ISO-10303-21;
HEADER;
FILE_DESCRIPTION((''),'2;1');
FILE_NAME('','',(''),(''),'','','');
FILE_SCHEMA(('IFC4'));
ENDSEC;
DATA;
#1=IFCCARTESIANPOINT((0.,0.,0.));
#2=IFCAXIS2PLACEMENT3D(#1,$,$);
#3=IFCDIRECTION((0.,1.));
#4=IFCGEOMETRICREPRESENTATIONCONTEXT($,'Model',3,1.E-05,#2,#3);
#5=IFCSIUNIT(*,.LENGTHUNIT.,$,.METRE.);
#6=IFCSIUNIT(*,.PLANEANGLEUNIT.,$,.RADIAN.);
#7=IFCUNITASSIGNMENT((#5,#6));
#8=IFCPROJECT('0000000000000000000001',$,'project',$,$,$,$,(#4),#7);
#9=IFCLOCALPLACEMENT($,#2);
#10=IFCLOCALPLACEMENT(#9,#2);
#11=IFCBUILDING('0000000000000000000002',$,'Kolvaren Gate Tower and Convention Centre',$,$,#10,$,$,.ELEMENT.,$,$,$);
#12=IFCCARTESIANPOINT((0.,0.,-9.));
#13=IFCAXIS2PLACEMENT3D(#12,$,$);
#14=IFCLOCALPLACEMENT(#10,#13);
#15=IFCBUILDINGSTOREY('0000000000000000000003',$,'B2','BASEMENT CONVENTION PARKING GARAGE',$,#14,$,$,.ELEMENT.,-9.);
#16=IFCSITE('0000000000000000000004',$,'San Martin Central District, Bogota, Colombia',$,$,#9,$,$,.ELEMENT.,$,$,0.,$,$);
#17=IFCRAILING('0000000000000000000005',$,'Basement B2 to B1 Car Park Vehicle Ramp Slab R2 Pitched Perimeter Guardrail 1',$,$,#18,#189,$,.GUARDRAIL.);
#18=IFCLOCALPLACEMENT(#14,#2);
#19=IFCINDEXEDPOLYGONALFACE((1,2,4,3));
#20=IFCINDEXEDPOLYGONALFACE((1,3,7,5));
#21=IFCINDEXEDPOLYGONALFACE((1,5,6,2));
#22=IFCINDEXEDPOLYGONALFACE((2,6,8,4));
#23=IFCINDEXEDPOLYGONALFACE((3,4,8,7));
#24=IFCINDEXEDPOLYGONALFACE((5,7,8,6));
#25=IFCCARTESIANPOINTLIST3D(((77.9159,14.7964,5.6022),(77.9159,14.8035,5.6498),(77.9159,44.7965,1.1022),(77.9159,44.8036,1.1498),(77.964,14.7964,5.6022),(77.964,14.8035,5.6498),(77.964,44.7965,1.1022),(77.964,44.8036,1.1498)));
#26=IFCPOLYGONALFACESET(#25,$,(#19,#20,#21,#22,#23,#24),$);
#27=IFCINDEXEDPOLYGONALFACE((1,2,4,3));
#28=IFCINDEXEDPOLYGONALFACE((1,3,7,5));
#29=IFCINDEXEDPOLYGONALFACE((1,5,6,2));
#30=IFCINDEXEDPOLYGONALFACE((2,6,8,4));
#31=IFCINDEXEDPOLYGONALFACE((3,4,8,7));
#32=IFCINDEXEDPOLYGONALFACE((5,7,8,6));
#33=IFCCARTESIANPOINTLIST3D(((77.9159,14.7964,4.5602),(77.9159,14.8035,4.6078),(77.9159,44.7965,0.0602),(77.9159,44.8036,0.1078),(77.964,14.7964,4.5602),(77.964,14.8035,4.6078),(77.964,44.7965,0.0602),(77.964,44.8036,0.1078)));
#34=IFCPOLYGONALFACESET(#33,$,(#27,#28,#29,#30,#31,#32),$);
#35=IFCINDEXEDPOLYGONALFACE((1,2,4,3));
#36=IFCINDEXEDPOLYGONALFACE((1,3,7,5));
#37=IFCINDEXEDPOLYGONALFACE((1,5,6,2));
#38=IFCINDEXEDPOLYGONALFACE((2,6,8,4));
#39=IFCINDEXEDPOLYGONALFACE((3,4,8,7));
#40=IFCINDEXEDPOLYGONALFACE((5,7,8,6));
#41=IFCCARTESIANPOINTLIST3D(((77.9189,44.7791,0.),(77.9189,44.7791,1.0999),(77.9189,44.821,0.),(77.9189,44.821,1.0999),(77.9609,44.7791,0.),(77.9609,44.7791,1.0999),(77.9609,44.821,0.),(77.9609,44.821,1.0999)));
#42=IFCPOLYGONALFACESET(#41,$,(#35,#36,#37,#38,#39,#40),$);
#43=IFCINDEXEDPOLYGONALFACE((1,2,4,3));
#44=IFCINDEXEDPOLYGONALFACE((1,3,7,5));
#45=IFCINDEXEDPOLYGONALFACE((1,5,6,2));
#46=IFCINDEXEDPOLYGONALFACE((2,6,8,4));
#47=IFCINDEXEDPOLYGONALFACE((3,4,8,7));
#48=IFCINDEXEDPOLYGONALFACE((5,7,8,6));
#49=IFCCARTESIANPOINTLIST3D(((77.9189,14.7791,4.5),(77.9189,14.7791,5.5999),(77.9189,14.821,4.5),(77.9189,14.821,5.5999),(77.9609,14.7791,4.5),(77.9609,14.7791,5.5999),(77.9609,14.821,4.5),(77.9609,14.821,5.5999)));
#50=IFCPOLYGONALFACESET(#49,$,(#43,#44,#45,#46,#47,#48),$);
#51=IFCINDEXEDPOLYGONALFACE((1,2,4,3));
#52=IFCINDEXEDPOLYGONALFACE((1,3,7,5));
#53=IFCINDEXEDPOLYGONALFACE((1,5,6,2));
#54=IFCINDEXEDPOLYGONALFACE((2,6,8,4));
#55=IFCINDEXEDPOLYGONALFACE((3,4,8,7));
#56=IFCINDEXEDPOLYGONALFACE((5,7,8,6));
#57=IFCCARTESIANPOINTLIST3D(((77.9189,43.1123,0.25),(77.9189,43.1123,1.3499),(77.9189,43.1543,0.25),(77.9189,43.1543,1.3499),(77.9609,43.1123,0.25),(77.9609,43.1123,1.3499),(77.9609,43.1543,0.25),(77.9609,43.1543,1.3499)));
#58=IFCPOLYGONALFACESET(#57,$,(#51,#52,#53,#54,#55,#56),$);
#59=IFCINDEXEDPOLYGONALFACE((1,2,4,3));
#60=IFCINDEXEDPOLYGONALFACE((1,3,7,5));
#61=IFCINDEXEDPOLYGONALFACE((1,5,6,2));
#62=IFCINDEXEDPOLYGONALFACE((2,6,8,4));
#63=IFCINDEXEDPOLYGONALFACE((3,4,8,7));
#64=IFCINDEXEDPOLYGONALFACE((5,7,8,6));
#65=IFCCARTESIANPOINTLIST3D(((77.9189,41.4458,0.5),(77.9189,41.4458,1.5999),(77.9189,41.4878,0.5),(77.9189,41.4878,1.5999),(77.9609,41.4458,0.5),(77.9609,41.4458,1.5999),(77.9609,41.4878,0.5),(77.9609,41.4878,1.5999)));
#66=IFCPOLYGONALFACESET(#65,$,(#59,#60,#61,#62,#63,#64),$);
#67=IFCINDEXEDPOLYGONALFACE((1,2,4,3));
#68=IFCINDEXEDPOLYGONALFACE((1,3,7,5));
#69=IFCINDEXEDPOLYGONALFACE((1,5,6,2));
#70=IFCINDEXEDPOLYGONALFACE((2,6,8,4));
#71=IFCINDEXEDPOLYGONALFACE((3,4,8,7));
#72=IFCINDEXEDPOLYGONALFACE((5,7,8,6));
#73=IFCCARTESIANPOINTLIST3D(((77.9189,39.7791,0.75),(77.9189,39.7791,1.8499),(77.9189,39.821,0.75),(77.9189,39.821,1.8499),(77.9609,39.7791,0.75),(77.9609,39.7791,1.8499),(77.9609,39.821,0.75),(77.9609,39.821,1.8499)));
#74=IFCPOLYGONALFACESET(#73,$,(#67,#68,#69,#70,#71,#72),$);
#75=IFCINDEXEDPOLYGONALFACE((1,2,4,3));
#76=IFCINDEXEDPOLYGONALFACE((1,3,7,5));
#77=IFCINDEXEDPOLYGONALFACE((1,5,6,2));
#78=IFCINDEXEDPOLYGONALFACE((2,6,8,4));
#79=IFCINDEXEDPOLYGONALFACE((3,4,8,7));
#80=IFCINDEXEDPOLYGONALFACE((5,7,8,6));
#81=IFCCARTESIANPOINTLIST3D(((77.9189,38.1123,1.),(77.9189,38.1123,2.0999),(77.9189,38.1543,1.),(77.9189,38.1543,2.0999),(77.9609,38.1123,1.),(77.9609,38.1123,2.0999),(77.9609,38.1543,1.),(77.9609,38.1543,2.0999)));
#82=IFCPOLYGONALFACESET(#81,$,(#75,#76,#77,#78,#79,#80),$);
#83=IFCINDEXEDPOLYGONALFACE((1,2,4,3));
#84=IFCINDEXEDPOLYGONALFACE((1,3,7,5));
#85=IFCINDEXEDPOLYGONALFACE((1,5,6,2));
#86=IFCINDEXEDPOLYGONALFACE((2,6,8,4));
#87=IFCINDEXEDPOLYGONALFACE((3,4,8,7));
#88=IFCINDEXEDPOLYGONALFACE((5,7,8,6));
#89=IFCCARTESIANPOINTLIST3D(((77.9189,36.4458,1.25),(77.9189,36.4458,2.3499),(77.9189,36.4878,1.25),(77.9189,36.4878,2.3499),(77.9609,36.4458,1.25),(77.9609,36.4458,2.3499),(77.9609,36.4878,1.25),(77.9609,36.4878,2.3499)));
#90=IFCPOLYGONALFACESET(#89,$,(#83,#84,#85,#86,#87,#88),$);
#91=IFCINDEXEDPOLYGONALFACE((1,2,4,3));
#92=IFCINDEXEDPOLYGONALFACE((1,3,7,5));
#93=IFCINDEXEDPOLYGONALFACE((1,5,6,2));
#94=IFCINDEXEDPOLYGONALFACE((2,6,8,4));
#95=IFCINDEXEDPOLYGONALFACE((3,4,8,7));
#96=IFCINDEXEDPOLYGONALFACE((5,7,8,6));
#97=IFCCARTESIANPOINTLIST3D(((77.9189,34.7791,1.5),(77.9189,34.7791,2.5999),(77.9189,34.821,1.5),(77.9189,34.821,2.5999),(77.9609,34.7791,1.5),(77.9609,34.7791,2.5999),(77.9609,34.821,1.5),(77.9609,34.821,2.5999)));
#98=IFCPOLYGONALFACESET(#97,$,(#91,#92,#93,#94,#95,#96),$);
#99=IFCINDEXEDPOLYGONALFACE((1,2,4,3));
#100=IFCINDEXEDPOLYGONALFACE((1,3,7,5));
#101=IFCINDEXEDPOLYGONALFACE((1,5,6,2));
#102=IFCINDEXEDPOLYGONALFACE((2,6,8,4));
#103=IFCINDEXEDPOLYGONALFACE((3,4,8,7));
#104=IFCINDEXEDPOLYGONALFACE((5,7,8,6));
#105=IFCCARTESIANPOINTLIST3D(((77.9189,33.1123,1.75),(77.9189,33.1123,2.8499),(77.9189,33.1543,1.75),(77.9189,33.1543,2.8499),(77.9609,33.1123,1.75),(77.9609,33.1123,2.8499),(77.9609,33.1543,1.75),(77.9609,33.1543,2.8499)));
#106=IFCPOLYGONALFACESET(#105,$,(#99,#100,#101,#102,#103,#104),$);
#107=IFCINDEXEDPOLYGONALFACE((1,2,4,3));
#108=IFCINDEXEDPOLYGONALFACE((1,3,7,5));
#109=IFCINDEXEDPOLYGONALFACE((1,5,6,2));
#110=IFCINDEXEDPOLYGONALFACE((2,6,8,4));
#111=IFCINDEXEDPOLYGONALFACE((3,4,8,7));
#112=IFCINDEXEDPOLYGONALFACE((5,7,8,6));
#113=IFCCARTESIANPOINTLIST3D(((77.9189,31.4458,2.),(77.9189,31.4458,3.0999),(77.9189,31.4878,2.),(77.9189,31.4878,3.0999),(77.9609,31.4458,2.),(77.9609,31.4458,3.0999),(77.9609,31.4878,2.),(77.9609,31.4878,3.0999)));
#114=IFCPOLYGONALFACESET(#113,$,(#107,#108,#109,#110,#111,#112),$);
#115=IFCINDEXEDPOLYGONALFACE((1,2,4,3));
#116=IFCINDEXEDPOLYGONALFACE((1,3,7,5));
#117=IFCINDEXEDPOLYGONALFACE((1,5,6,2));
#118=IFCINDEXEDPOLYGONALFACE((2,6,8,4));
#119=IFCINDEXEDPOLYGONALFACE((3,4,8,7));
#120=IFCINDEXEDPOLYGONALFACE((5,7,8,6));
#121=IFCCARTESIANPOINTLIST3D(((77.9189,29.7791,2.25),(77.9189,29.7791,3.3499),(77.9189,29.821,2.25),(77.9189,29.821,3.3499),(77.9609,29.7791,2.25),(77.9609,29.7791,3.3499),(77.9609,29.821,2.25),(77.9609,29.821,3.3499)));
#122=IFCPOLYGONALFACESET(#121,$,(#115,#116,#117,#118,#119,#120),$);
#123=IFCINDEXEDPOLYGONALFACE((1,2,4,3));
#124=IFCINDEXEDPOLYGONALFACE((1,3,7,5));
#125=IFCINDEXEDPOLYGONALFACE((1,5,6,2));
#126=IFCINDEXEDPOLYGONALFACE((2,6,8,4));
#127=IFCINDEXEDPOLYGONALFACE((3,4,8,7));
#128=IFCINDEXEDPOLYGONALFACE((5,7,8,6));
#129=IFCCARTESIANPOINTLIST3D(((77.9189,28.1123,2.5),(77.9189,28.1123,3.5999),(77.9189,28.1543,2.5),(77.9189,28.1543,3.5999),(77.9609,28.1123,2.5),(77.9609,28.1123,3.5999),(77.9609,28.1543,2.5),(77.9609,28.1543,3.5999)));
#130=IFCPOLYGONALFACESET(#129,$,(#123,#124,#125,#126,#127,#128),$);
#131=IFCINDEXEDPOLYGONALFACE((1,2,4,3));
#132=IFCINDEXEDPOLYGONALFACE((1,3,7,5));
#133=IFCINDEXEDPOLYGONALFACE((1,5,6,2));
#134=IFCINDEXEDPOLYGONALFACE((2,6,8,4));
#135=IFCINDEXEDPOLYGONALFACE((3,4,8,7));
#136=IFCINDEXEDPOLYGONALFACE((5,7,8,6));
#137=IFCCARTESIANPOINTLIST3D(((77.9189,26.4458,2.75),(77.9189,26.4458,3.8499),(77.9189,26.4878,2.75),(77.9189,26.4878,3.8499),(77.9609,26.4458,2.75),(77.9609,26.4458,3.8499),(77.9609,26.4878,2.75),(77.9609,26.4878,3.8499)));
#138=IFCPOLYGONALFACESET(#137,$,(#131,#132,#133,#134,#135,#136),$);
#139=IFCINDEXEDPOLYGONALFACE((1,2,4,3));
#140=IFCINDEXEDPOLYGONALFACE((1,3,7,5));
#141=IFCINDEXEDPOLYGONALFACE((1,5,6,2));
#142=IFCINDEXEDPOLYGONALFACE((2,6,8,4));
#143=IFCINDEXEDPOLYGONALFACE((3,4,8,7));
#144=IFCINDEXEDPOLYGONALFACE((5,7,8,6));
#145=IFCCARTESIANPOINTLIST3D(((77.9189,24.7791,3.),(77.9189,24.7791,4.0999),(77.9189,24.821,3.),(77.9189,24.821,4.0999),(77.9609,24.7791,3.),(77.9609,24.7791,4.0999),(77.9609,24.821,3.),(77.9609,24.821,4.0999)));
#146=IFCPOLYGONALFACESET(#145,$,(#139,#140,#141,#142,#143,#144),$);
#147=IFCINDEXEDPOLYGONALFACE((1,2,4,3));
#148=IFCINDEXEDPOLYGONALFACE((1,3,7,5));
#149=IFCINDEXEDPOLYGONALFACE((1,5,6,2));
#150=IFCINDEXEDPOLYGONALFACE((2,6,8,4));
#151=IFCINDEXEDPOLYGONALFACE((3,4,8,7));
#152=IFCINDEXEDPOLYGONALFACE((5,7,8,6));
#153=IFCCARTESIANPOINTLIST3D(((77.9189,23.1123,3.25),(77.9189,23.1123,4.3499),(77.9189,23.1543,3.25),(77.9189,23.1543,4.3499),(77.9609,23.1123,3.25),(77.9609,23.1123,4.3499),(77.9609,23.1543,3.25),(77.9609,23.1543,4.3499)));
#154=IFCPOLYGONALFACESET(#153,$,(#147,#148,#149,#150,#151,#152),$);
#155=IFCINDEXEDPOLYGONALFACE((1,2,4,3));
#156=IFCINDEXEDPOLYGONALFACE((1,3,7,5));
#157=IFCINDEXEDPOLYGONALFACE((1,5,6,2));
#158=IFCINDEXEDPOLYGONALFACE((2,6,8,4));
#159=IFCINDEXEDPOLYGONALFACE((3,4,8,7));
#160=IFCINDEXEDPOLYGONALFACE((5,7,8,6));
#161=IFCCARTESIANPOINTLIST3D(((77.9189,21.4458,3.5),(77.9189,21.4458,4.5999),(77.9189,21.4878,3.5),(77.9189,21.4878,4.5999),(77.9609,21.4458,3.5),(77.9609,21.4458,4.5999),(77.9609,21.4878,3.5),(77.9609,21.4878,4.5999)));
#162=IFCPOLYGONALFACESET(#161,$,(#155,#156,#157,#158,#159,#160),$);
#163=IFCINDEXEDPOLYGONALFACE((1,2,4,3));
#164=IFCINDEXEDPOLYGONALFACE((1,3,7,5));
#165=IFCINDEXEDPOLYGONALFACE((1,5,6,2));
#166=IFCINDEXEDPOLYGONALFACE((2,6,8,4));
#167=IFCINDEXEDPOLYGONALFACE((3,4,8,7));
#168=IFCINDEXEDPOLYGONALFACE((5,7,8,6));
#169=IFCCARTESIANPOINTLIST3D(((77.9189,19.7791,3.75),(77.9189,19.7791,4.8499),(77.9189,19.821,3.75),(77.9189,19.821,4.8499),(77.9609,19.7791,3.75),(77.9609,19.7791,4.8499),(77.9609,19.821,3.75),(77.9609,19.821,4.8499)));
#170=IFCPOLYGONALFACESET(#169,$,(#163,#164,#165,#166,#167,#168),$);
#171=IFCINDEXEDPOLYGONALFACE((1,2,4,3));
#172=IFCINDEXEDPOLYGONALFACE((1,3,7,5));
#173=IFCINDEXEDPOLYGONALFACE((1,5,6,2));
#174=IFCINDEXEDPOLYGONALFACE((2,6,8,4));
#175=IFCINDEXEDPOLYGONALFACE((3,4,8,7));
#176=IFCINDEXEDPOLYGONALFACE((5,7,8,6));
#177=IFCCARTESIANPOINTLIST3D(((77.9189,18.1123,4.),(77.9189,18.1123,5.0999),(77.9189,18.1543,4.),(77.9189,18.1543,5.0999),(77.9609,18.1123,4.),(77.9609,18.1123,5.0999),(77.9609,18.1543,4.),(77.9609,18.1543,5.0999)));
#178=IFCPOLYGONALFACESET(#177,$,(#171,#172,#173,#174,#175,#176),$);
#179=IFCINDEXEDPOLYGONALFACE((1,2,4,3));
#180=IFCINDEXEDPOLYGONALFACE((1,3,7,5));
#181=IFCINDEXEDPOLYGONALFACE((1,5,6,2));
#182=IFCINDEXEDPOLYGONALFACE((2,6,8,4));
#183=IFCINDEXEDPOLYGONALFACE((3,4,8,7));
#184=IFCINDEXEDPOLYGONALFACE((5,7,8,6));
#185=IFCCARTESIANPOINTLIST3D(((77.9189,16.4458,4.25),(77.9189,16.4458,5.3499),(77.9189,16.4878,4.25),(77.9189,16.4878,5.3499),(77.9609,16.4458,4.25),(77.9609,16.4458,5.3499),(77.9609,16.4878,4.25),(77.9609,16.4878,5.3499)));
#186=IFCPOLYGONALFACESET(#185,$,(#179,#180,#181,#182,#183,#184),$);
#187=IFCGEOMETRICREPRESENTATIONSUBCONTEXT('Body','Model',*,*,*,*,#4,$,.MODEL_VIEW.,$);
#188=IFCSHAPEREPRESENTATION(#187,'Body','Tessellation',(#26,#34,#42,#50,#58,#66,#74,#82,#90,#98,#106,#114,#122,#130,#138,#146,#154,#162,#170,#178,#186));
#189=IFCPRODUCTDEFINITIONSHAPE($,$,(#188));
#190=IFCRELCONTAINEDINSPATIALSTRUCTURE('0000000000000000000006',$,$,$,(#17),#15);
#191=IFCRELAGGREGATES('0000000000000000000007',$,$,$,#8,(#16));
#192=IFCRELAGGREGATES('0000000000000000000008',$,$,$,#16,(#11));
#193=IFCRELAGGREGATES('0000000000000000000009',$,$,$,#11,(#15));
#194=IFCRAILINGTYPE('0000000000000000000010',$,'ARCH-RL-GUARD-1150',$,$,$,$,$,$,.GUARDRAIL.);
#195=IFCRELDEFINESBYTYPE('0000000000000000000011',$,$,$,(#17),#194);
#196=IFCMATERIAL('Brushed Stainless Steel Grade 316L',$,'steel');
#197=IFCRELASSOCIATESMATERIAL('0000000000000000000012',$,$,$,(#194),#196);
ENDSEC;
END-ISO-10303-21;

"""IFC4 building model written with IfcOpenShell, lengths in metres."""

from ifc_helpers import new_model, si_unit, direction, frame, origin, origin_2d, place, context, subcontext, project, spatial, rectangle, extrude, material, type_object, element, save


model = new_model("IFC4")

# Units and contexts
model_context = context("Model", 3, precision=1e-05, world=origin(), true_north=direction((0.0, 1.0)))
body_context = subcontext(model_context, "Body", "Model", "MODEL_VIEW")
ifc_project = project(units=[si_unit("LENGTHUNIT", "METRE"), si_unit("PLANEANGLEUNIT", "RADIAN")], contexts=[model_context])

# Site, building, storey
site_placement = place(None, origin())
site = spatial("IfcSite", under=ifc_project, at=site_placement, Name="San Martin Central District, Bogota, Colombia", CompositionType="ELEMENT", RefElevation=0.0)
building_placement = place(site_placement, origin())
building = spatial("IfcBuilding", under=site, at=building_placement, Name="Kolvaren Gate Tower and Convention Centre", CompositionType="ELEMENT")
storey_placement = place(building_placement, frame((0.0, 0.0, -9.0)))
storey = spatial("IfcBuildingStorey", under=building, at=storey_placement, Name="B2", Description="BASEMENT CONVENTION PARKING GARAGE", CompositionType="ELEMENT", Elevation=-9.0)

# Shared definitions
ifc_material_1 = material(Name="Brushed Stainless Steel Grade 316L", Category="steel")

# Railing
railing_type = type_object("IfcRailingType", Name="ARCH-RL-GUARD-1150", PredefinedType="GUARDRAIL", material=ifc_material_1)
railing_1_placement = place(storey_placement, frame((77.9399, 44.8, 0.0)))
element("IfcRailing", 1, at=railing_1_placement, inside=storey, type_object=railing_type, Name="Basement B2 to B1 Car Park Vehicle Ramp Slab R2 Pitched Perimeter Guardrail 1", PredefinedType="GUARDRAIL", context=body_context, shape_type="SweptSolid", body=[
    extrude(rectangle(XDim=0.0481, YDim=0.0481, at=origin_2d()), frame((0.0, 0.0, 1.126), z_axis=(0.0, -0.988936, 0.14834), x_axis=(1.0, 0.0, 0.0)), (0.0, 0.0, 1.0), 30.3357),
    extrude(rectangle(XDim=0.0481, YDim=0.0481, at=origin_2d()), frame((0.0, 0.0, 0.084), z_axis=(0.0, -0.988936, 0.14834), x_axis=(1.0, 0.0, 0.0)), (0.0, 0.0, 1.0), 30.3357),
    extrude(rectangle(XDim=0.042, YDim=0.042, at=origin_2d()), origin(), (0.0, 0.0, 1.0), 1.0999),
    extrude(rectangle(XDim=0.042, YDim=0.042, at=origin_2d()), frame((0.0, -30.0, 4.5)), (0.0, 0.0, 1.0), 1.0999),
    extrude(rectangle(XDim=0.042, YDim=0.042, at=origin_2d()), frame((0.0, -1.6667, 0.25)), (0.0, 0.0, 1.0), 1.0999),
    extrude(rectangle(XDim=0.042, YDim=0.042, at=origin_2d()), frame((0.0, -3.3333, 0.5)), (0.0, 0.0, 1.0), 1.0999),
    extrude(rectangle(XDim=0.042, YDim=0.042, at=origin_2d()), frame((0.0, -5.0, 0.75)), (0.0, 0.0, 1.0), 1.0999),
    extrude(rectangle(XDim=0.042, YDim=0.042, at=origin_2d()), frame((0.0, -6.6667, 1.0)), (0.0, 0.0, 1.0), 1.0999),
    extrude(rectangle(XDim=0.042, YDim=0.042, at=origin_2d()), frame((0.0, -8.3333, 1.25)), (0.0, 0.0, 1.0), 1.0999),
    extrude(rectangle(XDim=0.042, YDim=0.042, at=origin_2d()), frame((0.0, -10.0, 1.5)), (0.0, 0.0, 1.0), 1.0999),
    extrude(rectangle(XDim=0.042, YDim=0.042, at=origin_2d()), frame((0.0, -11.6667, 1.75)), (0.0, 0.0, 1.0), 1.0999),
    extrude(rectangle(XDim=0.042, YDim=0.042, at=origin_2d()), frame((0.0, -13.3333, 2.0)), (0.0, 0.0, 1.0), 1.0999),
    extrude(rectangle(XDim=0.042, YDim=0.042, at=origin_2d()), frame((0.0, -15.0, 2.25)), (0.0, 0.0, 1.0), 1.0999),
    extrude(rectangle(XDim=0.042, YDim=0.042, at=origin_2d()), frame((0.0, -16.6667, 2.5)), (0.0, 0.0, 1.0), 1.0999),
    extrude(rectangle(XDim=0.042, YDim=0.042, at=origin_2d()), frame((0.0, -18.3333, 2.75)), (0.0, 0.0, 1.0), 1.0999),
    extrude(rectangle(XDim=0.042, YDim=0.042, at=origin_2d()), frame((0.0, -20.0, 3.0)), (0.0, 0.0, 1.0), 1.0999),
    extrude(rectangle(XDim=0.042, YDim=0.042, at=origin_2d()), frame((0.0, -21.6667, 3.25)), (0.0, 0.0, 1.0), 1.0999),
    extrude(rectangle(XDim=0.042, YDim=0.042, at=origin_2d()), frame((0.0, -23.3333, 3.5)), (0.0, 0.0, 1.0), 1.0999),
    extrude(rectangle(XDim=0.042, YDim=0.042, at=origin_2d()), frame((0.0, -25.0, 3.75)), (0.0, 0.0, 1.0), 1.0999),
    extrude(rectangle(XDim=0.042, YDim=0.042, at=origin_2d()), frame((0.0, -26.6667, 4.0)), (0.0, 0.0, 1.0), 1.0999),
    extrude(rectangle(XDim=0.042, YDim=0.042, at=origin_2d()), frame((0.0, -28.3333, 4.25)), (0.0, 0.0, 1.0), 1.0999),
])

save(model, "model.ifc")
